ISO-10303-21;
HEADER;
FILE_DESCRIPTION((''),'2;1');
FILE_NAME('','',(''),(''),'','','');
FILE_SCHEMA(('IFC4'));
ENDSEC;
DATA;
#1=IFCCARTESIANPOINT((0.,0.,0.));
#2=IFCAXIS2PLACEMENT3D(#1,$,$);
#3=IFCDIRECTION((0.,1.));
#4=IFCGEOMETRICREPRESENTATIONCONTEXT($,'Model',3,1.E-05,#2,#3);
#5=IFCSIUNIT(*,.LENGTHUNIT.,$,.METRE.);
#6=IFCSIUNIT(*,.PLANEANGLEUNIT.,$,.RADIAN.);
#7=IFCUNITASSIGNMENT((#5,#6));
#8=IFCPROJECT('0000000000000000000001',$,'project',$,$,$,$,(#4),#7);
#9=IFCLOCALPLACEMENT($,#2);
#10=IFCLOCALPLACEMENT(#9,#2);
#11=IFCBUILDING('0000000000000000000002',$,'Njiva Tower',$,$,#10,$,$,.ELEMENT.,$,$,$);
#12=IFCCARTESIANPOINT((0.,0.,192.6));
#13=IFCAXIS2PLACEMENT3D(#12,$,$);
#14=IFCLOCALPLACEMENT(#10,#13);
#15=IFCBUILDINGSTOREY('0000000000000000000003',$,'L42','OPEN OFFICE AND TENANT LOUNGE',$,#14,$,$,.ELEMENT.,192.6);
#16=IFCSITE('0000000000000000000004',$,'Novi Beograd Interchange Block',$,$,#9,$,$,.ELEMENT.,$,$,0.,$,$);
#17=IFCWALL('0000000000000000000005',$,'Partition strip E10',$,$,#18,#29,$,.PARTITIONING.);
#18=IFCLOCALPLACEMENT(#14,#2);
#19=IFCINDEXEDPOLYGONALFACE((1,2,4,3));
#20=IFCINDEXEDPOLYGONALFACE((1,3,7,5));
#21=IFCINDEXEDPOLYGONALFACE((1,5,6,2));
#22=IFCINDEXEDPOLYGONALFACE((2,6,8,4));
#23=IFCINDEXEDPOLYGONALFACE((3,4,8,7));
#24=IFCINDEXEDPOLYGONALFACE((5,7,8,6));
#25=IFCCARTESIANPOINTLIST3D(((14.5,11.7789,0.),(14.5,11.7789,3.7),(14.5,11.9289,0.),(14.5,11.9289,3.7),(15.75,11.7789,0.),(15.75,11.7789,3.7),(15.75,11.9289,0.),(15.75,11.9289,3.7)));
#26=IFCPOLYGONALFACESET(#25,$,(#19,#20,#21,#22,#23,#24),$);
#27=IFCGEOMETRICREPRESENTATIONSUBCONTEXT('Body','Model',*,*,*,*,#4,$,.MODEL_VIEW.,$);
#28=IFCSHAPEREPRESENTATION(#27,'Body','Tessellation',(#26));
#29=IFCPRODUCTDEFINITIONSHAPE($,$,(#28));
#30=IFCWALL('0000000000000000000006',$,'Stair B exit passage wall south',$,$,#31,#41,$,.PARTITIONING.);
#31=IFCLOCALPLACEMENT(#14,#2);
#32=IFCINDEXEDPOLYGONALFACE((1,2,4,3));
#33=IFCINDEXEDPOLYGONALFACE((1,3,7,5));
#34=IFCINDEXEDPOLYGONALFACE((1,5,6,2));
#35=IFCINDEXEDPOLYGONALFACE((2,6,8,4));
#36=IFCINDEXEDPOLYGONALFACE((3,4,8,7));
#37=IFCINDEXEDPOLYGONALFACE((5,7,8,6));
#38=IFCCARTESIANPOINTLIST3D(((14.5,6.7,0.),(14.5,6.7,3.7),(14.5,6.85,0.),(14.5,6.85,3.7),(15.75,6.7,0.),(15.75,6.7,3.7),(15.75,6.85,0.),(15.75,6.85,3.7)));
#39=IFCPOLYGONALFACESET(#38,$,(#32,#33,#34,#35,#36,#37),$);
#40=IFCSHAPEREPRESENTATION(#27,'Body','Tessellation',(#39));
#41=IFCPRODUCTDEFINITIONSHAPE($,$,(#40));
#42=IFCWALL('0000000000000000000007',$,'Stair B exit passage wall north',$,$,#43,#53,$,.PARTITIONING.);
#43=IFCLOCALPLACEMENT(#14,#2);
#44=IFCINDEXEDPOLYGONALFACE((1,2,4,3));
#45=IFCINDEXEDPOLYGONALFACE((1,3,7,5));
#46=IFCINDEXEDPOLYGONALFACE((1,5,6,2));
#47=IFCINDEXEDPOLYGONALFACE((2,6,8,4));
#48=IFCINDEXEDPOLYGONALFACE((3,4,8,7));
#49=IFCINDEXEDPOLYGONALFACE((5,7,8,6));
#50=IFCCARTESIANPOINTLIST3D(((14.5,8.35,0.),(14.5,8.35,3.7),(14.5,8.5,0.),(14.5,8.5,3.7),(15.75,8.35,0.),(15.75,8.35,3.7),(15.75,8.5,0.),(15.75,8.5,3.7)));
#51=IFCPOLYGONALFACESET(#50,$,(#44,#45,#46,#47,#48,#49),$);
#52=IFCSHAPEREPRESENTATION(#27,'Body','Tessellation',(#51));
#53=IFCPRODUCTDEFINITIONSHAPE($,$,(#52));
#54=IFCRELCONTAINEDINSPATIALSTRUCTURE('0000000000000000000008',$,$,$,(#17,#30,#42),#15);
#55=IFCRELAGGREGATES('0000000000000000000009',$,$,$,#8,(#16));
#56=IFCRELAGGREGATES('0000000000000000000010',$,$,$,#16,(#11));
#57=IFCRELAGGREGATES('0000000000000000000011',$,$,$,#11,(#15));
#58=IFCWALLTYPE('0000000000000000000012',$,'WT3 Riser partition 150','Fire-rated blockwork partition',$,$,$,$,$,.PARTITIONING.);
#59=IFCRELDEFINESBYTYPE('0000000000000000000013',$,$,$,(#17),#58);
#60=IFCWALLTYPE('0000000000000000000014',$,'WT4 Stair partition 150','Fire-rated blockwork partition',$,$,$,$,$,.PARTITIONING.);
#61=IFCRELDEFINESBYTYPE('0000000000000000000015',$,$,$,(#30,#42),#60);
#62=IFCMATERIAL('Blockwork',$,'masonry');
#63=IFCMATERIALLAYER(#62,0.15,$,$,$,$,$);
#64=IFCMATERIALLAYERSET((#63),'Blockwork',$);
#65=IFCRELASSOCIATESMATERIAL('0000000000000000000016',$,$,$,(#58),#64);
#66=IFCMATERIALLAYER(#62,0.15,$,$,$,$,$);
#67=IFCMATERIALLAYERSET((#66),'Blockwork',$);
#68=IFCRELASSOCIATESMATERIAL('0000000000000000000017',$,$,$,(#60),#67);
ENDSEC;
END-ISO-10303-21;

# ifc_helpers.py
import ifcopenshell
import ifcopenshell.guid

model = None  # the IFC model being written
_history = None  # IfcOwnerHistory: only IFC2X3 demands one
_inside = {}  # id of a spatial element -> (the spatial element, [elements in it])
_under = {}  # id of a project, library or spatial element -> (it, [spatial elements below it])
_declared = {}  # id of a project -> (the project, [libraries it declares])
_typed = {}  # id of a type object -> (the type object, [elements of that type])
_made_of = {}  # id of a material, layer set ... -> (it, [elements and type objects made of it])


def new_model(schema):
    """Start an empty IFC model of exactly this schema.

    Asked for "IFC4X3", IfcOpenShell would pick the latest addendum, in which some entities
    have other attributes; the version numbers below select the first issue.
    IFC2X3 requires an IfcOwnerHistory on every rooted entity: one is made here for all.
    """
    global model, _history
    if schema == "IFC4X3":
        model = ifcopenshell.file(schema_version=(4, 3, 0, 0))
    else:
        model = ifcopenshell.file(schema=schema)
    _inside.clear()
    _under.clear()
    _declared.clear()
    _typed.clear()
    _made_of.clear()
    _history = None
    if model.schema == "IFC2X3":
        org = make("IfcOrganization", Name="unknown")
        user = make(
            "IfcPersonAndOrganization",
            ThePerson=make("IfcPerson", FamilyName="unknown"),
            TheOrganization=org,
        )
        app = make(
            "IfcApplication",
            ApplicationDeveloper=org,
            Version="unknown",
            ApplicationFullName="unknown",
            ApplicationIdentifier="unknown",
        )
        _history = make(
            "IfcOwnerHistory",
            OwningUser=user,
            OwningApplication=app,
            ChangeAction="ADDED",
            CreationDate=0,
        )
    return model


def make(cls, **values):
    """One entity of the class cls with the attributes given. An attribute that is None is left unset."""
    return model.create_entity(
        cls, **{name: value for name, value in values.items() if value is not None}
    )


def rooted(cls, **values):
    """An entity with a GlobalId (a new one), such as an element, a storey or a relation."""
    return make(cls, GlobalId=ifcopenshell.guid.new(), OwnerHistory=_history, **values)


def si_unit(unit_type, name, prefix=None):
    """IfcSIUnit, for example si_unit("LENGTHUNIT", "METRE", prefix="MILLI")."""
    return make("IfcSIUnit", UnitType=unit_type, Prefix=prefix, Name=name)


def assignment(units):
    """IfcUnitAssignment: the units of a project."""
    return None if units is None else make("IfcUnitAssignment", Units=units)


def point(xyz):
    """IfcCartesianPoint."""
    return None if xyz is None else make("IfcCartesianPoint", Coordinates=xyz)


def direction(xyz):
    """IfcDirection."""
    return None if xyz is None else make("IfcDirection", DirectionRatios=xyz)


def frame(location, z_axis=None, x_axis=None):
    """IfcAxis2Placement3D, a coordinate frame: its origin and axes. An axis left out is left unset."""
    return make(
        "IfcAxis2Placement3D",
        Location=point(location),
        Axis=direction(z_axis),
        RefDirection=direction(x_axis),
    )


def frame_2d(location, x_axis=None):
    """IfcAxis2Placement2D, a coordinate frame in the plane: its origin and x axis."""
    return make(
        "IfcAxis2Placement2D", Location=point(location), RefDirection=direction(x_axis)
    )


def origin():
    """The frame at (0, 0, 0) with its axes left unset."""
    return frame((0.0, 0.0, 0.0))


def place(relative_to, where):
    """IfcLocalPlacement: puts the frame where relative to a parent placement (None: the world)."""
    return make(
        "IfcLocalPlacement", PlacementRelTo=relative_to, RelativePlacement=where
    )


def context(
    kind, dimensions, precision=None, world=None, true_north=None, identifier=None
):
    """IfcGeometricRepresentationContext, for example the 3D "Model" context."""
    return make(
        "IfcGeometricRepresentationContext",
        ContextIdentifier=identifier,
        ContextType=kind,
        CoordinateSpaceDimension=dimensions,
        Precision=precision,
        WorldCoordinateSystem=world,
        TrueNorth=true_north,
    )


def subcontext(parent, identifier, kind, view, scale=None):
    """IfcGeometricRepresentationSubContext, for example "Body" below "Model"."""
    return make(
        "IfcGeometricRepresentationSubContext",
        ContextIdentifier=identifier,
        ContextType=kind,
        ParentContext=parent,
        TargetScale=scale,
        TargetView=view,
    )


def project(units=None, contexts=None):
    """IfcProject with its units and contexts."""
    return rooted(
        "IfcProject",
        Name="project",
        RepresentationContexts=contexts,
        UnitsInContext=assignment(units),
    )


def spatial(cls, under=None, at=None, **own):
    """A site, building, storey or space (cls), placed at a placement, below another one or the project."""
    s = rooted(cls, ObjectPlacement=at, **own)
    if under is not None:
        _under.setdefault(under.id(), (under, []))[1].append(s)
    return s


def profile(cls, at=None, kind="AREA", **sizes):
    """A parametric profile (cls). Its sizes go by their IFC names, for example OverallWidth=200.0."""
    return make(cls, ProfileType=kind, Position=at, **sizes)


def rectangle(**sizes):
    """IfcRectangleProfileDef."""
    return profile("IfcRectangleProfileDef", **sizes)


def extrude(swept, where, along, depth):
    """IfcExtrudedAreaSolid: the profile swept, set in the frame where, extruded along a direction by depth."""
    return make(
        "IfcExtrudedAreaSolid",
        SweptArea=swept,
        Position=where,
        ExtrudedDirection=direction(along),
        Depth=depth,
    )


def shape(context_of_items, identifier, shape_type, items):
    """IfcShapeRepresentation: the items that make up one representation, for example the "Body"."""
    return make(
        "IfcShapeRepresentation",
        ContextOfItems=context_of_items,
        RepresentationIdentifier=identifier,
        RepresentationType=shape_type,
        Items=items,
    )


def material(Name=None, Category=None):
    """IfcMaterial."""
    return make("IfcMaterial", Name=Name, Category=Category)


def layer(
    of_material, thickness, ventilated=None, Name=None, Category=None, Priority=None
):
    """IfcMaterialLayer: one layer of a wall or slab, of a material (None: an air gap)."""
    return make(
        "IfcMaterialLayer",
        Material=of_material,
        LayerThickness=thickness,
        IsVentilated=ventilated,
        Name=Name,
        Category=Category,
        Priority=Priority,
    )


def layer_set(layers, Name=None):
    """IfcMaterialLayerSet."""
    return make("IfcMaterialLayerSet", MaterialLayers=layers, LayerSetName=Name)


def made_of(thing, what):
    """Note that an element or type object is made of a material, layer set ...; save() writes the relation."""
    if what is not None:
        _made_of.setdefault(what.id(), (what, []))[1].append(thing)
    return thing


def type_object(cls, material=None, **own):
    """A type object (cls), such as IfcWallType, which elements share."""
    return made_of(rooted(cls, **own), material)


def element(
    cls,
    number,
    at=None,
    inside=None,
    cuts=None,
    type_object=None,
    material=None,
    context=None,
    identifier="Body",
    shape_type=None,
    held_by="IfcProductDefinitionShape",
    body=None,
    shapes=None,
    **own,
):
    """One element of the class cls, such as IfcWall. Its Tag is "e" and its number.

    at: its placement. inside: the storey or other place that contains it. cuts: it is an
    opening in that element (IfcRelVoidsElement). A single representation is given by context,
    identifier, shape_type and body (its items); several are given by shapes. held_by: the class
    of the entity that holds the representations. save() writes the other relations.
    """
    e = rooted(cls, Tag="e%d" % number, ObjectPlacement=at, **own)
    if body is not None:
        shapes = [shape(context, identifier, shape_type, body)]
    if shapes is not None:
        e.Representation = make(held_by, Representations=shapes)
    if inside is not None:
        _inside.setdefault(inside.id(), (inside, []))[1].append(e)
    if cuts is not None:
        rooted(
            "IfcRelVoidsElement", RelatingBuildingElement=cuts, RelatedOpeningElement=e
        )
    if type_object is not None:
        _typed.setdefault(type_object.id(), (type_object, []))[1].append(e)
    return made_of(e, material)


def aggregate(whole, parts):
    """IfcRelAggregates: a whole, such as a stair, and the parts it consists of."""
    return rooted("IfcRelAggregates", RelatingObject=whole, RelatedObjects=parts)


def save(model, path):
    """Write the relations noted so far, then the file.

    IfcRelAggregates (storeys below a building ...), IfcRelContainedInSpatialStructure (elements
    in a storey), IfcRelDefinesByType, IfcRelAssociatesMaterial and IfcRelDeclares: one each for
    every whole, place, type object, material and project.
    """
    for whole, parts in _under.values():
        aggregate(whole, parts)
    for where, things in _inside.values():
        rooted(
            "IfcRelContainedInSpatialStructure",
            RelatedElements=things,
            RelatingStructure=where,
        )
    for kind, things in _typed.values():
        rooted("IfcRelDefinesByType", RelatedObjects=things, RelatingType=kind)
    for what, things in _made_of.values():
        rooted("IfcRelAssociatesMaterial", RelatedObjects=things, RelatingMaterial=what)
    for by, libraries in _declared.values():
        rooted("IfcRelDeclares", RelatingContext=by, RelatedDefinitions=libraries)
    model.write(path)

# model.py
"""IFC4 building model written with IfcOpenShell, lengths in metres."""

from ifc_helpers import new_model, si_unit, direction, frame, frame_2d, origin, place, context, subcontext, project, spatial, rectangle, extrude, material, layer, layer_set, type_object, element, save


model = new_model("IFC4")

# Units and contexts
model_context = context("Model", 3, precision=1e-05, world=origin(), true_north=direction((0.0, 1.0)))
body_context = subcontext(model_context, "Body", "Model", "MODEL_VIEW")
ifc_project = project(units=[si_unit("LENGTHUNIT", "METRE"), si_unit("PLANEANGLEUNIT", "RADIAN")], contexts=[model_context])

# Site, building, storey
site_placement = place(None, origin())
site = spatial("IfcSite", under=ifc_project, at=site_placement, Name="Novi Beograd Interchange Block", CompositionType="ELEMENT", RefElevation=0.0)
building_placement = place(site_placement, origin())
building = spatial("IfcBuilding", under=site, at=building_placement, Name="Njiva Tower", CompositionType="ELEMENT")
storey_placement = place(building_placement, frame((0.0, 0.0, 192.6)))
storey = spatial("IfcBuildingStorey", under=building, at=storey_placement, Name="L42", Description="OPEN OFFICE AND TENANT LOUNGE", CompositionType="ELEMENT", Elevation=192.6)

# Shared definitions
ifc_material_1 = material(Name="Blockwork", Category="masonry")

# Walls
ifc_layer_1 = layer(ifc_material_1, 0.15)
ifc_layer_set_1 = layer_set([ifc_layer_1], Name="Blockwork")
wall_type_1 = type_object("IfcWallType", Name="WT3 Riser partition 150", Description="Fire-rated blockwork partition", PredefinedType="PARTITIONING", material=ifc_layer_set_1)
wall_1_placement = place(storey_placement, frame((14.5, 11.8539, 0.0), z_axis=(0.0, 0.0, 1.0), x_axis=(1.0, 0.0, 0.0)))
element("IfcWall", 1, at=wall_1_placement, inside=storey, type_object=wall_type_1, Name="Partition strip E10", PredefinedType="PARTITIONING", context=body_context, shape_type="SweptSolid", body=[
    extrude(rectangle(XDim=1.25, YDim=0.15, at=frame_2d((0.625, 0.0))), origin(), (0.0, 0.0, 1.0), 3.7),
])
ifc_layer_2 = layer(ifc_material_1, 0.15)
ifc_layer_set_2 = layer_set([ifc_layer_2], Name="Blockwork")
wall_type_2 = type_object("IfcWallType", Name="WT4 Stair partition 150", Description="Fire-rated blockwork partition", PredefinedType="PARTITIONING", material=ifc_layer_set_2)
for number, where, z_axis, x_axis, name in (
    (2, (14.5, 6.775, 0.0), (0.0, 0.0, 1.0), (1.0, 0.0, 0.0), "Stair B exit passage wall south"),
    (3, (14.5, 8.425, 0.0), (0.0, 0.0, 1.0), (1.0, 0.0, 0.0), "Stair B exit passage wall north"),
):
    element("IfcWall", number, at=place(storey_placement, frame(where, z_axis=z_axis, x_axis=x_axis)), inside=storey, type_object=wall_type_2, Name=name, PredefinedType="PARTITIONING", context=body_context, shape_type="SweptSolid", body=[
        extrude(rectangle(XDim=1.25, YDim=0.15, at=frame_2d((0.625, 0.0))), origin(), (0.0, 0.0, 1.0), 3.7),
    ])

save(model, "model.ifc")
